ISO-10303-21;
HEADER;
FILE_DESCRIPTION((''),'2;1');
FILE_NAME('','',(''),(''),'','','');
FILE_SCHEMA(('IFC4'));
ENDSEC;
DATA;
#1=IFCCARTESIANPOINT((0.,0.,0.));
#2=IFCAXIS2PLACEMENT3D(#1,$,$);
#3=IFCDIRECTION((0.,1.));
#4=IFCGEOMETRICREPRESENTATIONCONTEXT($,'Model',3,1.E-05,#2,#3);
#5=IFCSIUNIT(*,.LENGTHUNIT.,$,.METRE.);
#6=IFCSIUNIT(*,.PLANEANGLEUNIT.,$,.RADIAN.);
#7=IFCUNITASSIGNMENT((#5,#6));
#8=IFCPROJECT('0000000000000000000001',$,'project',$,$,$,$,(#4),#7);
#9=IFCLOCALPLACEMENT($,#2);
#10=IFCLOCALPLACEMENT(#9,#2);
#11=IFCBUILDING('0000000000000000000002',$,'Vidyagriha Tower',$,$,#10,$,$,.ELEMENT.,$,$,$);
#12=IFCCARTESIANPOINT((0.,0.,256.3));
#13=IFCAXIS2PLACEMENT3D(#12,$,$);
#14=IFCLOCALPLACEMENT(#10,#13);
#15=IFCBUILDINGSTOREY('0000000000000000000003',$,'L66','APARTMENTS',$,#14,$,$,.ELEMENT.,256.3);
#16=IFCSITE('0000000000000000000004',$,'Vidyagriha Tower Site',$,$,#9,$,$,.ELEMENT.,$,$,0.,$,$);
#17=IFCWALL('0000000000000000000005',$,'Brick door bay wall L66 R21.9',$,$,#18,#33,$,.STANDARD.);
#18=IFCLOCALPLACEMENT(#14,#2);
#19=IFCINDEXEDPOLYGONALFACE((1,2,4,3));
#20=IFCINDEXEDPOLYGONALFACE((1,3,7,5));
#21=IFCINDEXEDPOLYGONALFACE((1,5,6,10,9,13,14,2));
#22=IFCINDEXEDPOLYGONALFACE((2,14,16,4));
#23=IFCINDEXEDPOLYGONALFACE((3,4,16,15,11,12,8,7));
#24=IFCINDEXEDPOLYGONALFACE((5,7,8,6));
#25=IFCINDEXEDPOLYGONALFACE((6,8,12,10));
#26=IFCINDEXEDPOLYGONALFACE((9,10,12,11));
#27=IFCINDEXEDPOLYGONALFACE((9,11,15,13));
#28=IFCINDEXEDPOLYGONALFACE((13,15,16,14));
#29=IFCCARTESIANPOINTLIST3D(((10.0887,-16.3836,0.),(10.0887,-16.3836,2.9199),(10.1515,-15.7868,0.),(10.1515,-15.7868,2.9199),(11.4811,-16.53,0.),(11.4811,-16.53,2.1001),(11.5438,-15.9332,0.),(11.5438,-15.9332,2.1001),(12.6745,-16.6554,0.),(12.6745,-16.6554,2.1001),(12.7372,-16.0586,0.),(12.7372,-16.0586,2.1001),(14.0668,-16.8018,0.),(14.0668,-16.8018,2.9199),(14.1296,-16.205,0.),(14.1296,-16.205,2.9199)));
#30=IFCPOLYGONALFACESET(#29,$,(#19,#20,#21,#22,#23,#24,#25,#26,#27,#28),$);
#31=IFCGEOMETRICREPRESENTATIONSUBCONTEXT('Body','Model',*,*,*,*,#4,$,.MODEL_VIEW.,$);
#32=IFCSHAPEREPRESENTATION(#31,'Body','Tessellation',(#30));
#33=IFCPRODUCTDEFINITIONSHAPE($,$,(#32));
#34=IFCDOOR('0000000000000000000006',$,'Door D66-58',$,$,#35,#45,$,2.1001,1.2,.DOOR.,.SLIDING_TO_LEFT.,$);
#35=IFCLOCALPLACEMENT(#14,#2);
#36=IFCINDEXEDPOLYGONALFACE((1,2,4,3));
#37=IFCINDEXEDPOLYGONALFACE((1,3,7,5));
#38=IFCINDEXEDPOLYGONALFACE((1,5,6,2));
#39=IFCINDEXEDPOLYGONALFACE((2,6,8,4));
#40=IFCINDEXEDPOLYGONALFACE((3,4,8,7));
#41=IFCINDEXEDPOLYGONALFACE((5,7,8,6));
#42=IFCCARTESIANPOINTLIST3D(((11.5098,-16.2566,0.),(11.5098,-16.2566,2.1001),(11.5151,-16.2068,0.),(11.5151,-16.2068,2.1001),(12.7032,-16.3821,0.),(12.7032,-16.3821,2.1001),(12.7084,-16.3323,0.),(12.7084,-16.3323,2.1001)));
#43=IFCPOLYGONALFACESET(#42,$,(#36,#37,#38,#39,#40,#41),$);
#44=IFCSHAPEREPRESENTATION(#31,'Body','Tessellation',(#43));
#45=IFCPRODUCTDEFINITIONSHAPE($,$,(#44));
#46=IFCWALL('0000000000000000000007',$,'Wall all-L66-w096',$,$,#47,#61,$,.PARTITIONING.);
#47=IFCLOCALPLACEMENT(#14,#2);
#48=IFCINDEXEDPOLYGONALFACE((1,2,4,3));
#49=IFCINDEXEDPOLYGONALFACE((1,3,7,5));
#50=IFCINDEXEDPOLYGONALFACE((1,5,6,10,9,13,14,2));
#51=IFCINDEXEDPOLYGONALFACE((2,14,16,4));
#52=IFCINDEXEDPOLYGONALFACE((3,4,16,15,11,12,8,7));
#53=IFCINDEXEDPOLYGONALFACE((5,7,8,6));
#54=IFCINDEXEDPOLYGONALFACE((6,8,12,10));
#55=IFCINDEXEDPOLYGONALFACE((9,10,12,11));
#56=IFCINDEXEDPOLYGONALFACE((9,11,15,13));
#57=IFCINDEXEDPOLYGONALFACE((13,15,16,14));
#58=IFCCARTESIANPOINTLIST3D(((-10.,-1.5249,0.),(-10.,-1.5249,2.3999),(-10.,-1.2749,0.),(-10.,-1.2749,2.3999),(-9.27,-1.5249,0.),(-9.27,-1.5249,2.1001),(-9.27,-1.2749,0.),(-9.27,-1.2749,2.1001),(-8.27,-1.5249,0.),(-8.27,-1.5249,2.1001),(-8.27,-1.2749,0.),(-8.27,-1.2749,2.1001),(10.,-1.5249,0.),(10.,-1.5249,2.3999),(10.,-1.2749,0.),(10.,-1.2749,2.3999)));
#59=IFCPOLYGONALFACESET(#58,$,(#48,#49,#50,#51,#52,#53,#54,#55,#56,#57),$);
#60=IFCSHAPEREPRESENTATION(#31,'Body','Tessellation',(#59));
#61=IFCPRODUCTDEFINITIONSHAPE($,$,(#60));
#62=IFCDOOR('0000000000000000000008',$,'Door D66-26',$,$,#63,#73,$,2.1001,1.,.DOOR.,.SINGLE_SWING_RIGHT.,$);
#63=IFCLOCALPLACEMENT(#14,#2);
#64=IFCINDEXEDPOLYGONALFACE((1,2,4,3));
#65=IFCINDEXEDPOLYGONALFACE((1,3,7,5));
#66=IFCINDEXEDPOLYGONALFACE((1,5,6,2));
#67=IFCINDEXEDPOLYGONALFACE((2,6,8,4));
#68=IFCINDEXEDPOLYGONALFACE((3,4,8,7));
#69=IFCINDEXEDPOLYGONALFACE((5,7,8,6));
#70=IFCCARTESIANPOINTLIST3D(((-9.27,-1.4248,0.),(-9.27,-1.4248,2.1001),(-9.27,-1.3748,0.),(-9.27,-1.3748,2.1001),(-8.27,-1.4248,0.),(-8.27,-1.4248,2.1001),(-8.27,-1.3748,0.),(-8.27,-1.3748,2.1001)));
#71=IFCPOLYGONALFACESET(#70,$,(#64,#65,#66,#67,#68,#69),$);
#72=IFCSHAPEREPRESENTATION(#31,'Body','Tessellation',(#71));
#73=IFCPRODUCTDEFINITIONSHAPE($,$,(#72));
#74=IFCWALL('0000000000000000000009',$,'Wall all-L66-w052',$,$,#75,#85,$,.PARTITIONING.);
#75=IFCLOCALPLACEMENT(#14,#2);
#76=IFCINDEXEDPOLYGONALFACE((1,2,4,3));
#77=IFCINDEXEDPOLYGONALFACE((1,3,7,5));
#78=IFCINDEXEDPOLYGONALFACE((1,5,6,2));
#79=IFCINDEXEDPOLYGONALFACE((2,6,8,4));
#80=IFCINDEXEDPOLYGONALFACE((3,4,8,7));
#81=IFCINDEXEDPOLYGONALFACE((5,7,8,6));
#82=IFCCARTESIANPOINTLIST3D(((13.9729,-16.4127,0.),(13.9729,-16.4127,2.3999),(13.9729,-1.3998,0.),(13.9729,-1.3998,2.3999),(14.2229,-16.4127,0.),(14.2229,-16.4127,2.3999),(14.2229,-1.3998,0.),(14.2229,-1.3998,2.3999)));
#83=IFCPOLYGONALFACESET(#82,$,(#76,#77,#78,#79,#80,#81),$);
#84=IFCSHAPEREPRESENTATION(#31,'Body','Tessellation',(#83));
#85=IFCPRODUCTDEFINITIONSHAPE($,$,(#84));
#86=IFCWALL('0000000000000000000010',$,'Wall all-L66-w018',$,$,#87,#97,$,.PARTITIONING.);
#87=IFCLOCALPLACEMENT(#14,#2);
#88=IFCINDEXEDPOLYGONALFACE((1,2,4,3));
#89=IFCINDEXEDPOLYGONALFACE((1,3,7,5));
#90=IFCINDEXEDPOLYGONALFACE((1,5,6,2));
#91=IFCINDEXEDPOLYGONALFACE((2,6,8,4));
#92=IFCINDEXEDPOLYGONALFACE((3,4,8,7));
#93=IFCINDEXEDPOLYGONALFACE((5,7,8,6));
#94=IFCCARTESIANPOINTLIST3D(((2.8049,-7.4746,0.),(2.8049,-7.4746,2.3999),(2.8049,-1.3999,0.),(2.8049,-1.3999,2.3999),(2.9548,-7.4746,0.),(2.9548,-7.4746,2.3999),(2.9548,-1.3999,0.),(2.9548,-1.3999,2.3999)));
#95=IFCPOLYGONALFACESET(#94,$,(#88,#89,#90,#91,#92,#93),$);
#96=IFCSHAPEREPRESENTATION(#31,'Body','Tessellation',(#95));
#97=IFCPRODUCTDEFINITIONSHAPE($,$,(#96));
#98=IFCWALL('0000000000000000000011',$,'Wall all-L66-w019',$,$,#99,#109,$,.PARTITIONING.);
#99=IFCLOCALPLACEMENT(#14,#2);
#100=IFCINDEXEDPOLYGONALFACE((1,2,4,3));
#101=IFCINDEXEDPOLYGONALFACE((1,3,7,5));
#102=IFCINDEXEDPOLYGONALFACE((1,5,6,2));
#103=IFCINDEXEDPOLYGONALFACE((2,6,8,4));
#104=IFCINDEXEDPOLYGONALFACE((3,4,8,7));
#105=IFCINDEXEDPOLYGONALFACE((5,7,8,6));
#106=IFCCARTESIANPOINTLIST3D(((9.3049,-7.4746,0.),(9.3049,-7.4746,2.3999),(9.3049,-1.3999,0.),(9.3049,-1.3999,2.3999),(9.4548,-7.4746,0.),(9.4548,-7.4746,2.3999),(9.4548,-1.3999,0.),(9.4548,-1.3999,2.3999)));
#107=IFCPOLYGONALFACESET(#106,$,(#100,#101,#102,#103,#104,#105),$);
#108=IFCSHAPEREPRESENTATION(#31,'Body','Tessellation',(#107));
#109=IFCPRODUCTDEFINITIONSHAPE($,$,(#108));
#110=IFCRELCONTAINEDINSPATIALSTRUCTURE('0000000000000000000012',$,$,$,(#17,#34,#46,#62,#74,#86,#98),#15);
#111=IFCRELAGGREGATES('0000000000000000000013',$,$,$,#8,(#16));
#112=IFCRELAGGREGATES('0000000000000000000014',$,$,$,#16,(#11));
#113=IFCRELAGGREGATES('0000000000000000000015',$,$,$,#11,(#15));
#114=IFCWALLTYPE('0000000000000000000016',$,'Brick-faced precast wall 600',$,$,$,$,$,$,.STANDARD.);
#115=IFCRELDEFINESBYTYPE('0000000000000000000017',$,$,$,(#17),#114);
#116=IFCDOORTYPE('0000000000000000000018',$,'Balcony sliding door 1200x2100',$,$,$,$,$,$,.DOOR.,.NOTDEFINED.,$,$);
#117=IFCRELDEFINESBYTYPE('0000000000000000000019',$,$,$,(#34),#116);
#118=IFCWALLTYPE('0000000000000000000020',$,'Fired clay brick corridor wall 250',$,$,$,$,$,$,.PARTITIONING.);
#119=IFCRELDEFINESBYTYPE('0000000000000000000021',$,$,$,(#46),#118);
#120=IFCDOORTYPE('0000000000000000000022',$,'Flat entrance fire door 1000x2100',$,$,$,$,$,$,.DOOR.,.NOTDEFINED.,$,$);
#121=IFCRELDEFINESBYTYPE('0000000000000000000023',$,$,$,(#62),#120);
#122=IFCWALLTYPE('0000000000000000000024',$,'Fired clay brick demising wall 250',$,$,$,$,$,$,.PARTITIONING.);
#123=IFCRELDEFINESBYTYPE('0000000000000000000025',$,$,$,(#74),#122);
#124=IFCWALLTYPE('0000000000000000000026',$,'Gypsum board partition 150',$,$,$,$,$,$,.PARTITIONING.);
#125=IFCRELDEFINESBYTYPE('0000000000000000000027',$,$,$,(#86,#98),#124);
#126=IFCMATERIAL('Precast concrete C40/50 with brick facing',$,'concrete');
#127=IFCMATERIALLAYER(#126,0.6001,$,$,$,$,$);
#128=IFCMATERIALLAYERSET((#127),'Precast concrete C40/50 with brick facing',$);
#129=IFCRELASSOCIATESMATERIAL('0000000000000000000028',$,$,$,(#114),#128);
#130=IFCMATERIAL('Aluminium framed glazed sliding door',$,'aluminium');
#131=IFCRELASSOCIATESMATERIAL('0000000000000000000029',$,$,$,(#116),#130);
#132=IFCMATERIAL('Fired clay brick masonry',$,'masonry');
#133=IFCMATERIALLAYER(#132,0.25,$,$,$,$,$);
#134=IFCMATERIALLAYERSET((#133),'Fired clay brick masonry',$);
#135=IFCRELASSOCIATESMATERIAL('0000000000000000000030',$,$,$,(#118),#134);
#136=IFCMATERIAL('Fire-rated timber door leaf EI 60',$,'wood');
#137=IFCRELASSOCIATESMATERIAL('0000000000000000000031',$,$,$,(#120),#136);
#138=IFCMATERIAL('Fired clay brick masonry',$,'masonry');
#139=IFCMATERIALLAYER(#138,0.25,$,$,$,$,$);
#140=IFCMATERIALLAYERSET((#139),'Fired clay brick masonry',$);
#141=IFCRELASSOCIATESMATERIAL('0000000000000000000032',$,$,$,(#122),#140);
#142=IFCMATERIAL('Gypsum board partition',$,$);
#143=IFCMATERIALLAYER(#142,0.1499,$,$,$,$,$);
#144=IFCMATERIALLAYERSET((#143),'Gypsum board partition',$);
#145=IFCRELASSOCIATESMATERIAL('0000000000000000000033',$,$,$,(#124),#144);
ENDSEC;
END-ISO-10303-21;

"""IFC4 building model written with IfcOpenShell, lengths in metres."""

from ifc_helpers import new_model, si_unit, direction, frame, frame_2d, origin, place, context, subcontext, project, spatial, rectangle, extrude, material, layer, layer_set, type_object, element, fill, save


model = new_model("IFC4")

# Units and contexts
model_context = context("Model", 3, precision=1e-05, world=origin(), true_north=direction((0.0, 1.0)))
body_context = subcontext(model_context, "Body", "Model", "MODEL_VIEW")
ifc_project = project(units=[si_unit("LENGTHUNIT", "METRE"), si_unit("PLANEANGLEUNIT", "RADIAN")], contexts=[model_context])

# Site, building, storey
site_placement = place(None, origin())
site = spatial("IfcSite", under=ifc_project, at=site_placement, Name="Vidyagriha Tower Site", CompositionType="ELEMENT", RefElevation=0.0)
building_placement = place(site_placement, origin())
building = spatial("IfcBuilding", under=site, at=building_placement, Name="Vidyagriha Tower", CompositionType="ELEMENT")
storey_placement = place(building_placement, frame((0.0, 0.0, 256.3)))
storey = spatial("IfcBuildingStorey", under=building, at=storey_placement, Name="L66", Description="APARTMENTS", CompositionType="ELEMENT", Elevation=256.3)

# Walls, openings, doors
ifc_material_1 = material(Name="Precast concrete C40/50 with brick facing", Category="concrete")
ifc_layer_1 = layer(ifc_material_1, 0.6001)
ifc_layer_set_1 = layer_set([ifc_layer_1], Name="Precast concrete C40/50 with brick facing")
wall_type_1 = type_object("IfcWallType", Name="Brick-faced precast wall 600", PredefinedType="STANDARD", material=ifc_layer_set_1)
ifc_material_2 = material(Name="Aluminium framed glazed sliding door", Category="aluminium")
door_type_1 = type_object("IfcDoorType", Name="Balcony sliding door 1200x2100", OperationType="NOTDEFINED", PredefinedType="DOOR", material=ifc_material_2)
wall_1_placement = place(storey_placement, frame((10.1201, -16.0852, 0.0), z_axis=(0.0, 0.0, 1.0), x_axis=(0.994519, -0.104555, 0.0)))
wall_1 = element("IfcWall", 1, at=wall_1_placement, inside=storey, type_object=wall_type_1, Name="Brick door bay wall L66 R21.9", PredefinedType="STANDARD", context=body_context, shape_type="SweptSolid", body=[
    extrude(rectangle(XDim=4.0, YDim=0.6001, at=frame_2d((2.0, 0.0))), origin(), (0.0, 0.0, 1.0), 2.9199),
])
opening_1_placement = place(wall_1_placement, frame((1.3999, 0.0, 0.0)))
opening_1 = element("IfcOpeningElement", 2, at=opening_1_placement, cuts=wall_1, PredefinedType="OPENING", context=body_context, shape_type="SweptSolid", body=[
    extrude(rectangle(XDim=1.2, YDim=2.1001, at=frame_2d((0.6001, 1.05))), frame((0.0, 0.3101, 0.0), z_axis=(0.0, -1.0, 0.0), x_axis=(1.0, 0.0, 0.0)), (0.0, 0.0, 1.0), 0.6201),
])
door_1_placement = place(opening_1_placement, origin())
door_1 = element("IfcDoor", 3, at=door_1_placement, inside=storey, type_object=door_type_1, Name="Door D66-58", OperationType="SLIDING_TO_LEFT", OverallHeight=2.1001, OverallWidth=1.2, PredefinedType="DOOR", context=body_context, shape_type="SweptSolid", body=[
    extrude(rectangle(XDim=1.2, YDim=2.1001, at=frame_2d((0.6001, 1.05))), frame((0.0, 0.0249, 0.0), z_axis=(0.0, -1.0, 0.0), x_axis=(1.0, 0.0, 0.0)), (0.0, 0.0, 1.0), 0.05),
])
fill(opening_1, door_1)
ifc_material_3 = material(Name="Fired clay brick masonry", Category="masonry")
ifc_layer_2 = layer(ifc_material_3, 0.25)
ifc_layer_set_2 = layer_set([ifc_layer_2], Name="Fired clay brick masonry")
wall_type_2 = type_object("IfcWallType", Name="Fired clay brick corridor wall 250", PredefinedType="PARTITIONING", material=ifc_layer_set_2)
wall_2_placement = place(storey_placement, frame((10.0, -1.3999, 0.0), z_axis=(0.0, 0.0, 1.0), x_axis=(-1.0, 0.0, 0.0)))
wall_2 = element("IfcWall", 4, at=wall_2_placement, inside=storey, type_object=wall_type_2, Name="Wall all-L66-w096", PredefinedType="PARTITIONING", context=body_context, shape_type="SweptSolid", body=[
    extrude(rectangle(XDim=20.0, YDim=0.25, at=frame_2d((10.0, 0.0))), origin(), (0.0, 0.0, 1.0), 2.3999),
])
opening_2_placement = place(wall_2_placement, frame((18.27, 0.0, 0.0)))
opening_2 = element("IfcOpeningElement", 5, at=opening_2_placement, cuts=wall_2, PredefinedType="OPENING", context=body_context, shape_type="SweptSolid", body=[
    extrude(rectangle(XDim=1.0, YDim=2.1001, at=frame_2d((0.5, 1.05))), frame((0.0, 0.135, 0.0), z_axis=(0.0, -1.0, 0.0), x_axis=(1.0, 0.0, 0.0)), (0.0, 0.0, 1.0), 0.27),
])
ifc_material_4 = material(Name="Fire-rated timber door leaf EI 60", Category="wood")
door_type_2 = type_object("IfcDoorType", Name="Flat entrance fire door 1000x2100", OperationType="NOTDEFINED", PredefinedType="DOOR", material=ifc_material_4)
door_2_placement = place(opening_2_placement, origin())
door_2 = element("IfcDoor", 6, at=door_2_placement, inside=storey, type_object=door_type_2, Name="Door D66-26", OperationType="SINGLE_SWING_RIGHT", OverallHeight=2.1001, OverallWidth=1.0, PredefinedType="DOOR", context=body_context, shape_type="SweptSolid", body=[
    extrude(rectangle(XDim=1.0, YDim=2.1001, at=frame_2d((0.5, 1.05))), frame((0.0, 0.0249, 0.0), z_axis=(0.0, -1.0, 0.0), x_axis=(1.0, 0.0, 0.0)), (0.0, 0.0, 1.0), 0.05),
])
fill(opening_2, door_2)

# Walls
ifc_material_5 = material(Name="Fired clay brick masonry", Category="masonry")
ifc_layer_3 = layer(ifc_material_5, 0.25)
ifc_layer_set_3 = layer_set([ifc_layer_3], Name="Fired clay brick masonry")
wall_type_3 = type_object("IfcWallType", Name="Fired clay brick demising wall 250", PredefinedType="PARTITIONING", material=ifc_layer_set_3)
wall_3_placement = place(storey_placement, frame((14.0979, -1.3999, 0.0), z_axis=(0.0, 0.0, 1.0), x_axis=(0.0, -1.0, 0.0)))
element("IfcWall", 7, at=wall_3_placement, inside=storey, type_object=wall_type_3, Name="Wall all-L66-w052", PredefinedType="PARTITIONING", context=body_context, shape_type="SweptSolid", body=[
    extrude(rectangle(XDim=15.0129, YDim=0.25, at=frame_2d((7.5063, 0.0))), origin(), (0.0, 0.0, 1.0), 2.3999),
])
ifc_material_6 = material(Name="Gypsum board partition")
ifc_layer_4 = layer(ifc_material_6, 0.1499)
ifc_layer_set_4 = layer_set([ifc_layer_4], Name="Gypsum board partition")
wall_type_4 = type_object("IfcWallType", Name="Gypsum board partition 150", PredefinedType="PARTITIONING", material=ifc_layer_set_4)
for number, where, z_axis, x_axis, name in (
    (8, (2.8799, -1.3999, 0.0), (0.0, 0.0, 1.0), (0.0, -1.0, 0.0), "Wall all-L66-w018"),
    (9, (9.3799, -1.3999, 0.0), (0.0, 0.0, 1.0), (0.0, -1.0, 0.0), "Wall all-L66-w019"),
):
    element("IfcWall", number, at=place(storey_placement, frame(where, z_axis=z_axis, x_axis=x_axis)), inside=storey, type_object=wall_type_4, Name=name, PredefinedType="PARTITIONING", context=body_context, shape_type="SweptSolid", body=[
        extrude(rectangle(XDim=6.0747, YDim=0.1499, at=frame_2d((3.0374, 0.0))), origin(), (0.0, 0.0, 1.0), 2.3999),
    ])

save(model, "model.ifc")
